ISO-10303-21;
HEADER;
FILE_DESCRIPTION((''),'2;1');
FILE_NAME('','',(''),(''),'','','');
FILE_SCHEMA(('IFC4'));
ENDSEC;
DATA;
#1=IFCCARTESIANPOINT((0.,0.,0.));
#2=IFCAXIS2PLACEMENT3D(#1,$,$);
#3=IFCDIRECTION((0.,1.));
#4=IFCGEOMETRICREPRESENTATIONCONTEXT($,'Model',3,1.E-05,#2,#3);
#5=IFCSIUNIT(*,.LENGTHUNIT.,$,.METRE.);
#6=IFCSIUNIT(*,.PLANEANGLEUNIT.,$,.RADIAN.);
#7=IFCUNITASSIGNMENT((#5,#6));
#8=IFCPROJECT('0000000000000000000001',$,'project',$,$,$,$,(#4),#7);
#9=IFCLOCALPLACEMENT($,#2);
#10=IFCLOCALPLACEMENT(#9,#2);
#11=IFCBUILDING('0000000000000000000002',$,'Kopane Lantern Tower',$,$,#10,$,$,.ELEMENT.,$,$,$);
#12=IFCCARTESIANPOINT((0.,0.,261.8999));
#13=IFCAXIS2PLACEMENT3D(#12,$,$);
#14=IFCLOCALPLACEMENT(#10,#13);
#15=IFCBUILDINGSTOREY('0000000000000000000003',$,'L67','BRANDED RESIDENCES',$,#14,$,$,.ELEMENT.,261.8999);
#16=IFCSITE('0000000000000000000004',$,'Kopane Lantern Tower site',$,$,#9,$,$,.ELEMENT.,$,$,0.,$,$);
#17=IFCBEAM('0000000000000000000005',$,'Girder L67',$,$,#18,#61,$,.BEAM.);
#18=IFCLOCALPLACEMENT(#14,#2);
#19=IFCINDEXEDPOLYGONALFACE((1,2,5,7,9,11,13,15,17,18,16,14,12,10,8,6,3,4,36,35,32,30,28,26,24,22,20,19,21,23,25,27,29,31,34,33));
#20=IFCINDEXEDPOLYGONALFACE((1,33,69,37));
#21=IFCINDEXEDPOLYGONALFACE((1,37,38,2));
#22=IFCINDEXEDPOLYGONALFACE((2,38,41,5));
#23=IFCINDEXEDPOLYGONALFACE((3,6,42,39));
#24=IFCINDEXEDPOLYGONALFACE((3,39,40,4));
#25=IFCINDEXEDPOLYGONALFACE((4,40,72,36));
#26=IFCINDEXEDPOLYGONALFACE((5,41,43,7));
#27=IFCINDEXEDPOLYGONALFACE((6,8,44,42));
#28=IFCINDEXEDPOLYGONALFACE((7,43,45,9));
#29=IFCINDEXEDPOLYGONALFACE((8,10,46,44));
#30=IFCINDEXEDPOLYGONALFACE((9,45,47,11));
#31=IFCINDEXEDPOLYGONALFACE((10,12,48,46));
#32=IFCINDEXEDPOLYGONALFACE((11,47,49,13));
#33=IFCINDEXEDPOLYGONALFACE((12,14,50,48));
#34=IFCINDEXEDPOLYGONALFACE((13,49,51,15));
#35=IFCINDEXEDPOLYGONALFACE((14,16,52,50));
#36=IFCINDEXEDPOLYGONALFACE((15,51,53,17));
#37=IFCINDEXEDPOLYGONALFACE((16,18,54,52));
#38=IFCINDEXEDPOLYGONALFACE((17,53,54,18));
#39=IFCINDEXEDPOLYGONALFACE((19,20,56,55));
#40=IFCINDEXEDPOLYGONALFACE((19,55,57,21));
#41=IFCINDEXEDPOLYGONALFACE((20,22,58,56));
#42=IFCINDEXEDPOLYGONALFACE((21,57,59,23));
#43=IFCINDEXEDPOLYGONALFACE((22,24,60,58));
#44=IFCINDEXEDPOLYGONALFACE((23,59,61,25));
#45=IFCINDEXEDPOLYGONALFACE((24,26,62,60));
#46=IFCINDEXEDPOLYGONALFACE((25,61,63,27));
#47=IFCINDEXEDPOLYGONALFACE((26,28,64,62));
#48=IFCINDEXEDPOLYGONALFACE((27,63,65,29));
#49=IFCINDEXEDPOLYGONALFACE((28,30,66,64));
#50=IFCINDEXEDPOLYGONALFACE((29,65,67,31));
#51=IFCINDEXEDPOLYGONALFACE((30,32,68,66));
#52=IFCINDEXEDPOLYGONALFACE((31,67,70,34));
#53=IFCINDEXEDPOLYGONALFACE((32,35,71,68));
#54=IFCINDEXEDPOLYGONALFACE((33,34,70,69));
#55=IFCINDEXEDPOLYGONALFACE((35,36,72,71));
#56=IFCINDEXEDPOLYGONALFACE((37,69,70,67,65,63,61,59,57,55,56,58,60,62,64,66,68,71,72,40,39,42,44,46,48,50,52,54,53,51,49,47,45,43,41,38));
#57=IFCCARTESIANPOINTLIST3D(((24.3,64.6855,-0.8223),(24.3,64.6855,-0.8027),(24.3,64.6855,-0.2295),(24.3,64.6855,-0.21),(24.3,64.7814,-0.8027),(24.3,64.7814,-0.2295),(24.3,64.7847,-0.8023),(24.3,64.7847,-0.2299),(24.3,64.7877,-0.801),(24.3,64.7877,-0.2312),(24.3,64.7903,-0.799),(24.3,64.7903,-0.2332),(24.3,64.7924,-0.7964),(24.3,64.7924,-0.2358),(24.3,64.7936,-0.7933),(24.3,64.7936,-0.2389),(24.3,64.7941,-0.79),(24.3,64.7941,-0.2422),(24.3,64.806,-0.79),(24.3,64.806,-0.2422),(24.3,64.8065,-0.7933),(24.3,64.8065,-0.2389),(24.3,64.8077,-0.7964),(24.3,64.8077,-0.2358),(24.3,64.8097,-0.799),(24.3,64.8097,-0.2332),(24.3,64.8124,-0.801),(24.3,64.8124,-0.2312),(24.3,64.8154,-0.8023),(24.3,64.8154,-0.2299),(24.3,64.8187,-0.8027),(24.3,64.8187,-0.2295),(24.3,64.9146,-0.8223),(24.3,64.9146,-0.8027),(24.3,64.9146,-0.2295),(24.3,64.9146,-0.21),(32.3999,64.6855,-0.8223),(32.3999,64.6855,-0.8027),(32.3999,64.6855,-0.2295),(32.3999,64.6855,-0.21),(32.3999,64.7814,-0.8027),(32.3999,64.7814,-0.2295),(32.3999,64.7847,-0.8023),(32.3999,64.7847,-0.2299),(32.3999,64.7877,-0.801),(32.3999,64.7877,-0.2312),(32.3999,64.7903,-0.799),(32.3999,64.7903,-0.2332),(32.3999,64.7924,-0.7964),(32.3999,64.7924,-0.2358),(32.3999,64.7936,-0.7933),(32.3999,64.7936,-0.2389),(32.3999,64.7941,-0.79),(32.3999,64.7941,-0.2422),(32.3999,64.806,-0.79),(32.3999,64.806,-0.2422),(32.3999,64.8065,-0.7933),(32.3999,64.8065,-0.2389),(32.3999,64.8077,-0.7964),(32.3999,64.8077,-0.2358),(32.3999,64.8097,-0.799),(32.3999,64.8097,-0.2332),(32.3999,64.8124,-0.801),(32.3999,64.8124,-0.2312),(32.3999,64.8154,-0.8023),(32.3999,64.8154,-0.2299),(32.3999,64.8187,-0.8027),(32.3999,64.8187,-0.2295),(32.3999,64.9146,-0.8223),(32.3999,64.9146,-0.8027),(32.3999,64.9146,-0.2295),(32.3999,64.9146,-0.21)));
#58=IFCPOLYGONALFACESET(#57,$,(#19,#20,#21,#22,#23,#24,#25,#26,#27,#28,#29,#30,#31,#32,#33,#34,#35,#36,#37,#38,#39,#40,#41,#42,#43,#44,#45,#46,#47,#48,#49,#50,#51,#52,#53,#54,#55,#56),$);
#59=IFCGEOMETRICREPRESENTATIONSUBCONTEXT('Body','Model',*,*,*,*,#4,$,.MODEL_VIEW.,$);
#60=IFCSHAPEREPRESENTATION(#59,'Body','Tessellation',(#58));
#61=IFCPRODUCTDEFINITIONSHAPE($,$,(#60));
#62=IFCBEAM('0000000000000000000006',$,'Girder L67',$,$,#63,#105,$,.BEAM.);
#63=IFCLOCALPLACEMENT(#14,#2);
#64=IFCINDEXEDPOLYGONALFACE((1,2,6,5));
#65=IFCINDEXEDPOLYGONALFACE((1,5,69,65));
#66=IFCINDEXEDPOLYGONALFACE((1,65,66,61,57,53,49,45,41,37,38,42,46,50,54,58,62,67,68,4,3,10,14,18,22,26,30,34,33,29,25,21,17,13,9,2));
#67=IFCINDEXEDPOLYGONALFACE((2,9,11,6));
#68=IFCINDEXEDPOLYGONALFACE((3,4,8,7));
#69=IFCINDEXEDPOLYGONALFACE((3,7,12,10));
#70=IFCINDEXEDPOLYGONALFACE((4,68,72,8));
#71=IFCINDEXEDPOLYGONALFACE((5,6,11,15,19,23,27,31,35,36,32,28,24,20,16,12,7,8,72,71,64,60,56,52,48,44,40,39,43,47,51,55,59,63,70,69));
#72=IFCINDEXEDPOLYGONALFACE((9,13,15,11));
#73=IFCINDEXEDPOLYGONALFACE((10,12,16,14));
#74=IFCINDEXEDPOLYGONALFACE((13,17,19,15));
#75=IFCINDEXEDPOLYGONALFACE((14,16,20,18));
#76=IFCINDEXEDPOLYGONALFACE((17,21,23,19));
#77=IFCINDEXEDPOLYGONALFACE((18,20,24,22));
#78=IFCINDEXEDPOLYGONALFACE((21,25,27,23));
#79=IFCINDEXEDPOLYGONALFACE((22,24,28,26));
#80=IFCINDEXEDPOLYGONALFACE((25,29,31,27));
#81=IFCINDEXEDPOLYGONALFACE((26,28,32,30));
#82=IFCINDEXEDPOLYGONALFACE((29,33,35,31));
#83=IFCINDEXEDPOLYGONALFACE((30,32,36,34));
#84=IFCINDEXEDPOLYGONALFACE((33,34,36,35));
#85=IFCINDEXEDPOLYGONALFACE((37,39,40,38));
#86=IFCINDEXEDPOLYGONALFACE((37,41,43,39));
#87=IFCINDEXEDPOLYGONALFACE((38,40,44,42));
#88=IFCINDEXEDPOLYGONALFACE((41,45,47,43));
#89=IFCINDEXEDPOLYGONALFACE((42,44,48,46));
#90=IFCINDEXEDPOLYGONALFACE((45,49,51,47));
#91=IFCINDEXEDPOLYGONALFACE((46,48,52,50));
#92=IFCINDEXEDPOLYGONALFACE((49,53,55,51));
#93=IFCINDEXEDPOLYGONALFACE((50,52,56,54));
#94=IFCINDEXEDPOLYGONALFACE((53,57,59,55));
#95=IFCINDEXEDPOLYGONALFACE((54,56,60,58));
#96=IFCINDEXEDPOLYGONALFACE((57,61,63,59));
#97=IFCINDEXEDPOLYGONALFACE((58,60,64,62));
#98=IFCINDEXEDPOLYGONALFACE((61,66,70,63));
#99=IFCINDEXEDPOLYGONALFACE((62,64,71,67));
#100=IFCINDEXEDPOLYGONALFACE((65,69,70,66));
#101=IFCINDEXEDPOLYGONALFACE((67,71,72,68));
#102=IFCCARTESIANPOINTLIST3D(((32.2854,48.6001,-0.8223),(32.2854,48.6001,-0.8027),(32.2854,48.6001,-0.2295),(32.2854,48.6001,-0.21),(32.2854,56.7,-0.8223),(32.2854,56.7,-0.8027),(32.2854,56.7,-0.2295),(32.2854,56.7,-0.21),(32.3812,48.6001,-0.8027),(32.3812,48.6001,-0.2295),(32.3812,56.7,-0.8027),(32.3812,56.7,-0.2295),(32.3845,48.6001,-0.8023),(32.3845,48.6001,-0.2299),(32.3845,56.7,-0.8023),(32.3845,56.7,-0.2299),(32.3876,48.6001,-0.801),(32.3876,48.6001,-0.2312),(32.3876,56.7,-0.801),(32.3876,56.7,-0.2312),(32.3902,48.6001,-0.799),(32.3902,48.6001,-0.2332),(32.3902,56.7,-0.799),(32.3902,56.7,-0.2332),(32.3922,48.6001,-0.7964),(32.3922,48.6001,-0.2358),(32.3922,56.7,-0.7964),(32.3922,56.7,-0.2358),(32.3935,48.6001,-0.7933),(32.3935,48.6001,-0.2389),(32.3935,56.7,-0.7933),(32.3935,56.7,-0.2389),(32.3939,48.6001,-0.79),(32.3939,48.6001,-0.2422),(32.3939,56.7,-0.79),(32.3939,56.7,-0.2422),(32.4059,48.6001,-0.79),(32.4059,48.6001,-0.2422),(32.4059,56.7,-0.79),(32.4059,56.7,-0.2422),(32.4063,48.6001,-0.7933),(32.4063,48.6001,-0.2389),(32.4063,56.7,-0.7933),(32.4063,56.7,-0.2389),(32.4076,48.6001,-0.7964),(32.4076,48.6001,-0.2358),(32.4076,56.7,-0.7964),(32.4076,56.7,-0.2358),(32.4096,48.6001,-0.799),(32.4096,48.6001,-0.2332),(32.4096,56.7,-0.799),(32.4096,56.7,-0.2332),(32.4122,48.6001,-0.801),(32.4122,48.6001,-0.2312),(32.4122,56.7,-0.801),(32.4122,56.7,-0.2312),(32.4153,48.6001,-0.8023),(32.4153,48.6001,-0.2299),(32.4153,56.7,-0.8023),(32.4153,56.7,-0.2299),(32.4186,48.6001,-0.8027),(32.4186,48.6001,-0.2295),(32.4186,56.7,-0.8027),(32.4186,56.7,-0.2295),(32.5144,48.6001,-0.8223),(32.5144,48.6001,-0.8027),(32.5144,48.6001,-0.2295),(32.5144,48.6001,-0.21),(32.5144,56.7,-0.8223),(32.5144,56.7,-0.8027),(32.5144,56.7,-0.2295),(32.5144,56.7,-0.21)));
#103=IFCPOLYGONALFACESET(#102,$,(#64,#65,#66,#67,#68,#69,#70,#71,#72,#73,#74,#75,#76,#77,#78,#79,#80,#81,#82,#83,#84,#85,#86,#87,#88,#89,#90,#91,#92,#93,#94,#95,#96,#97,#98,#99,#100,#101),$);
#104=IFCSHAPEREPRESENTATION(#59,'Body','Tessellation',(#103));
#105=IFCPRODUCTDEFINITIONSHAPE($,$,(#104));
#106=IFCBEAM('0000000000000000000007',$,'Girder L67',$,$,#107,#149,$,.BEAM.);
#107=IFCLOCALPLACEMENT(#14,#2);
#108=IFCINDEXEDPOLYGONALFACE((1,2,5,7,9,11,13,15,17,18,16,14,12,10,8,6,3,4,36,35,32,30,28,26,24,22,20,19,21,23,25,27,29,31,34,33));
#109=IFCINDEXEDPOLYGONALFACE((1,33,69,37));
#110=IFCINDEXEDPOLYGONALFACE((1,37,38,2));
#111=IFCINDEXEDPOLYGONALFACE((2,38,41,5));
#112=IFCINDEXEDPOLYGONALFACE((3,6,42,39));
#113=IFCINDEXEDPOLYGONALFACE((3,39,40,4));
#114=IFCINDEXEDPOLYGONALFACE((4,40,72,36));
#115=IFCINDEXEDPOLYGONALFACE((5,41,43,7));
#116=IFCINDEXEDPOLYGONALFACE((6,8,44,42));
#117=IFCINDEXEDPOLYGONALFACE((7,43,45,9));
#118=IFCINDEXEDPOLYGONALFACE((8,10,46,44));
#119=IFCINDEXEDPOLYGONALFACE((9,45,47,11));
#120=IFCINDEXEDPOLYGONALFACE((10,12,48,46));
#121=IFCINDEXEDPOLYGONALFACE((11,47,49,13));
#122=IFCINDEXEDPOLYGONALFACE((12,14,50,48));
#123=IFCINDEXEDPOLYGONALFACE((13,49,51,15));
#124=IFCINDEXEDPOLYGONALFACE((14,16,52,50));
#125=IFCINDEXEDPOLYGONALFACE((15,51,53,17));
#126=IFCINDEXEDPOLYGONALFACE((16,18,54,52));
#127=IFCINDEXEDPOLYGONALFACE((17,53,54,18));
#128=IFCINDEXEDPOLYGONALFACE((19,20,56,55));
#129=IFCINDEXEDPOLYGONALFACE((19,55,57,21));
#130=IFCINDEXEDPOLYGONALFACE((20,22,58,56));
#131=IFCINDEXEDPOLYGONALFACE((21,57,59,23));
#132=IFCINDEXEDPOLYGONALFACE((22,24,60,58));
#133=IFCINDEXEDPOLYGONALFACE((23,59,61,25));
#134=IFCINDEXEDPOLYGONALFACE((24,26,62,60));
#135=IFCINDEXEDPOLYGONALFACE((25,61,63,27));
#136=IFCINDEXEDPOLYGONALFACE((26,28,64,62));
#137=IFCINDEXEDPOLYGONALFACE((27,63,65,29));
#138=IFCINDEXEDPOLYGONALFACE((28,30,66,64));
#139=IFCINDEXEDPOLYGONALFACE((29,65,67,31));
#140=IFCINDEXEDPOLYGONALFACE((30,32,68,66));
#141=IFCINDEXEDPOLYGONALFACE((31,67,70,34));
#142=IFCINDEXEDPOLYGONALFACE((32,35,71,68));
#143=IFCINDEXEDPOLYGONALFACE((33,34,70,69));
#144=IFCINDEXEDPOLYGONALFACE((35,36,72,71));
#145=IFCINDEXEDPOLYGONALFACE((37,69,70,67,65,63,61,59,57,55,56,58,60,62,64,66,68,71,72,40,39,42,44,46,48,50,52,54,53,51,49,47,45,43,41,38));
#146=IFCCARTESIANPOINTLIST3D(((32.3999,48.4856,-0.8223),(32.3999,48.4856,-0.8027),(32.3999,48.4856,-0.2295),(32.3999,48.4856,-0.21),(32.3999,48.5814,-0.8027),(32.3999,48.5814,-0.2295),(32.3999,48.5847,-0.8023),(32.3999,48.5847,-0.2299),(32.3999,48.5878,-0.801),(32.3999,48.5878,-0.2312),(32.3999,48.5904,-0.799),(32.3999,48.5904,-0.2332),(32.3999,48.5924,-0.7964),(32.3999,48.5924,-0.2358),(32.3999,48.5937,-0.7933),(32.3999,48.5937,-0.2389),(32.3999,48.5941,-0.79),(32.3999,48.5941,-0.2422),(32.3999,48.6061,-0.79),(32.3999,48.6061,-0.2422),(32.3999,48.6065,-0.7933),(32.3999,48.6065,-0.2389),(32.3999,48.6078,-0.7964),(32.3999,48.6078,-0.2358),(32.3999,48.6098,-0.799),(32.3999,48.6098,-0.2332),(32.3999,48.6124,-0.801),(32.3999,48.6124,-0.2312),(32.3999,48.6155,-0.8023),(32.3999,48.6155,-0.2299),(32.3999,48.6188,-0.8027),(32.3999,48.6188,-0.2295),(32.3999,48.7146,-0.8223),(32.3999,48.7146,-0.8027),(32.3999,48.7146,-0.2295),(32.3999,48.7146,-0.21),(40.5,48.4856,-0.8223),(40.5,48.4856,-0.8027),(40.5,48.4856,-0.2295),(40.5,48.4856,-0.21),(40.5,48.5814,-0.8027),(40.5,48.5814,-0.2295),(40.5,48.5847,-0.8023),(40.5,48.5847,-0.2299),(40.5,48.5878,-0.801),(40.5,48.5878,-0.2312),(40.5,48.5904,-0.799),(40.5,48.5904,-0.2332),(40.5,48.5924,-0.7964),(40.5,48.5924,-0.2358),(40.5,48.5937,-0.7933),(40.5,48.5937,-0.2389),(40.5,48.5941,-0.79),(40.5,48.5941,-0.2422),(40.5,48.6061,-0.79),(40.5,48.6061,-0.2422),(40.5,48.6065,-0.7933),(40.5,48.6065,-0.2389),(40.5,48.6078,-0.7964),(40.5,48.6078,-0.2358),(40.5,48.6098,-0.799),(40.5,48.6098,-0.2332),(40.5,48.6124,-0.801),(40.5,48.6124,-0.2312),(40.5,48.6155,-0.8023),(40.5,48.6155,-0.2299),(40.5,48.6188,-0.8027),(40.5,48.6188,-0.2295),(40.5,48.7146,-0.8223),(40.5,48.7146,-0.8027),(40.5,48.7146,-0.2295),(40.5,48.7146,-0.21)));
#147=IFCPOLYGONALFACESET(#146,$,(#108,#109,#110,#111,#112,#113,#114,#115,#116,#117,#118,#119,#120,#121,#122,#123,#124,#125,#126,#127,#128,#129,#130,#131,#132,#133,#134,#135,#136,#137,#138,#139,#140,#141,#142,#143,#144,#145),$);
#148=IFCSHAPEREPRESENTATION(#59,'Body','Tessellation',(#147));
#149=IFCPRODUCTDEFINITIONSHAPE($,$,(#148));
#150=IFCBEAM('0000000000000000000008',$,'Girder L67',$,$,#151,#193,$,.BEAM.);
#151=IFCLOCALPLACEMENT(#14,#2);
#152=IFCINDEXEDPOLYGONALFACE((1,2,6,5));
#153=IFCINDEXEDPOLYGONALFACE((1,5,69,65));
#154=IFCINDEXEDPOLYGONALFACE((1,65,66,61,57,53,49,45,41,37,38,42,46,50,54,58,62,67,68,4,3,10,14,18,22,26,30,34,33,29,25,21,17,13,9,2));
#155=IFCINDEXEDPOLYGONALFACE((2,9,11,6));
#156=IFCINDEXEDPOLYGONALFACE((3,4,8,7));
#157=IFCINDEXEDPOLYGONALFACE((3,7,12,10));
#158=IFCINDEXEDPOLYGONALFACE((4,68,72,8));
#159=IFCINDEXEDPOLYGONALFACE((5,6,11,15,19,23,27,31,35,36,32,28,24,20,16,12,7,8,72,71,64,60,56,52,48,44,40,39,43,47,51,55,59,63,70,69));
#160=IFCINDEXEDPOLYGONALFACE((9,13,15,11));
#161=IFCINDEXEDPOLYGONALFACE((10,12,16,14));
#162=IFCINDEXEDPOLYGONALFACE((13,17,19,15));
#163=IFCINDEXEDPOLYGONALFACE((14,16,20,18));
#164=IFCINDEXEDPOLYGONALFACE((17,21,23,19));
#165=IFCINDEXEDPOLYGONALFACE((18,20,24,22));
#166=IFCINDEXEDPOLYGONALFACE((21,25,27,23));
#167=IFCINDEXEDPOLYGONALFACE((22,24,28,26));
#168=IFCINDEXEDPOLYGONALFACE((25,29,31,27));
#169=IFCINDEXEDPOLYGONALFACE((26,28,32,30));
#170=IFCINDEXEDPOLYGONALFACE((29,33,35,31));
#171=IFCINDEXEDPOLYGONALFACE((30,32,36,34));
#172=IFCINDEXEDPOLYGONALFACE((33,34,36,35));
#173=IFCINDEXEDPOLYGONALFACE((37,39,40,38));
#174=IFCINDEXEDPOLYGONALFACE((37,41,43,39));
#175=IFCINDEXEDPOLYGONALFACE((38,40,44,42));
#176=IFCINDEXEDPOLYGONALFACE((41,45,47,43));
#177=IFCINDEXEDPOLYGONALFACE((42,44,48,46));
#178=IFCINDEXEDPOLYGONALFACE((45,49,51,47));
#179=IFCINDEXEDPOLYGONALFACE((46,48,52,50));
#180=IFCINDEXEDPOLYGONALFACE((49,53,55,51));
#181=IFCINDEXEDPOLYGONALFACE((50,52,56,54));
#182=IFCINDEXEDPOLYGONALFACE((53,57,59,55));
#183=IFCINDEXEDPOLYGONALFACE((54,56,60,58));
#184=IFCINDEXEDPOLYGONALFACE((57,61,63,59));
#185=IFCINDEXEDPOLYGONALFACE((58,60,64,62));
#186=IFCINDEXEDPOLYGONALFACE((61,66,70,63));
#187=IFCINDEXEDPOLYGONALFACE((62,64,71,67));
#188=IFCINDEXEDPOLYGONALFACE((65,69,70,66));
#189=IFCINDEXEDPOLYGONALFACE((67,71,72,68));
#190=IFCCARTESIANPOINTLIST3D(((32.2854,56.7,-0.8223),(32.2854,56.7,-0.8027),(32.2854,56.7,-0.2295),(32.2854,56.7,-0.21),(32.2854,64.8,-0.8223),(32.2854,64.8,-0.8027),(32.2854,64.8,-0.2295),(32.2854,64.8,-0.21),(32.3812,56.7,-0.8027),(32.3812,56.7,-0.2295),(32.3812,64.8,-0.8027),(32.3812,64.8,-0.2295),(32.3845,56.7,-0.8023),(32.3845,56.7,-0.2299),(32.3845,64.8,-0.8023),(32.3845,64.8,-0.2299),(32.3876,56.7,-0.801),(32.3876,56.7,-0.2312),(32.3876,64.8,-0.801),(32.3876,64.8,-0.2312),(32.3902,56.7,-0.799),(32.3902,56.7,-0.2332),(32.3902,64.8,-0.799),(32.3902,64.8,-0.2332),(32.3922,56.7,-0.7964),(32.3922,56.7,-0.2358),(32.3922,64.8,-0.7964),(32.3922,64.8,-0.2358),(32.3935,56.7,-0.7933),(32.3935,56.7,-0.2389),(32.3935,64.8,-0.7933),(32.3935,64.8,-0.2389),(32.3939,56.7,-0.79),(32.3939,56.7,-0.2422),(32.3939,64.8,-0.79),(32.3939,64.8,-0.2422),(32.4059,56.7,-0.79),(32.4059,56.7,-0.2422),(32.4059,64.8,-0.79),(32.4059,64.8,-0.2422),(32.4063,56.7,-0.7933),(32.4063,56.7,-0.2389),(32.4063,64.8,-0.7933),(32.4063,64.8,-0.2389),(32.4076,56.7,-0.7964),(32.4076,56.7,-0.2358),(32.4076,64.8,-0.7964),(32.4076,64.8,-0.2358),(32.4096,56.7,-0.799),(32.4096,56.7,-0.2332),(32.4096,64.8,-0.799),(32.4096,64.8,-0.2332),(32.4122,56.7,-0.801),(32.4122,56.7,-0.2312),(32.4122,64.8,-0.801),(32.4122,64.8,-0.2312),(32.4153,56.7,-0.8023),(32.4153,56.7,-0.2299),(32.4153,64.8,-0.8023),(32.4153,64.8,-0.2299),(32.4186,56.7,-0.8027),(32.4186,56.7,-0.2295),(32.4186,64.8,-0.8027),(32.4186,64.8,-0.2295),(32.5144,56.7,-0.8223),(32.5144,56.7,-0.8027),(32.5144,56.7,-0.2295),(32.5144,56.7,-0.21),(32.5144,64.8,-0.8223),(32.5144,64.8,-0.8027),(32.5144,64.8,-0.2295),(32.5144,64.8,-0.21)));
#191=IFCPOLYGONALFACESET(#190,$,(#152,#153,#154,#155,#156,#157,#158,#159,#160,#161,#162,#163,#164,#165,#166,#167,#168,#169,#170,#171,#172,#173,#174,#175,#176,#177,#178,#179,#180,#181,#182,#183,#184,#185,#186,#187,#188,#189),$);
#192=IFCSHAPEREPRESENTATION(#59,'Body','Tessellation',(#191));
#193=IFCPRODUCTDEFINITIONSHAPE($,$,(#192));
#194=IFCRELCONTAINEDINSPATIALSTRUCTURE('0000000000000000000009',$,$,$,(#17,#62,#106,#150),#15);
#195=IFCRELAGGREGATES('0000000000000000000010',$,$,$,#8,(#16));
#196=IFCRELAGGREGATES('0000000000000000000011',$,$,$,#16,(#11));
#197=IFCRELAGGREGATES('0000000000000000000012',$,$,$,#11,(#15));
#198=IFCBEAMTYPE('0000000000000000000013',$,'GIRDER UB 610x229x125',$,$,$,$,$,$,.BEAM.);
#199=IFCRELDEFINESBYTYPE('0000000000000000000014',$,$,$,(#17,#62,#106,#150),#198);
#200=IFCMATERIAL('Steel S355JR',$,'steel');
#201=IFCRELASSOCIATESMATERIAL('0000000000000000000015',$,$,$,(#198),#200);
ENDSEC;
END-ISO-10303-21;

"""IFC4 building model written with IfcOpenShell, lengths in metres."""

from ifc_helpers import new_model, si_unit, direction, frame, origin, origin_2d, place, context, subcontext, project, spatial, i_section, extrude, material, material_profile, profile_set, type_object, element, save


model = new_model("IFC4")

# Units and contexts
model_context = context("Model", 3, precision=1e-05, world=origin(), true_north=direction((0.0, 1.0)))
body_context = subcontext(model_context, "Body", "Model", "MODEL_VIEW")
ifc_project = project(units=[si_unit("LENGTHUNIT", "METRE"), si_unit("PLANEANGLEUNIT", "RADIAN")], contexts=[model_context])

# Site, building, storey
site_placement = place(None, origin())
site = spatial("IfcSite", under=ifc_project, at=site_placement, Name="Kopane Lantern Tower site", CompositionType="ELEMENT", RefElevation=0.0)
building_placement = place(site_placement, origin())
building = spatial("IfcBuilding", under=site, at=building_placement, Name="Kopane Lantern Tower", CompositionType="ELEMENT")
storey_placement = place(building_placement, frame((0.0, 0.0, 261.8999)))
storey = spatial("IfcBuildingStorey", under=building, at=storey_placement, Name="L67", Description="BRANDED RESIDENCES", CompositionType="ELEMENT", Elevation=261.8999)

# Beams
ifc_material_1 = material(Name="Steel S355JR", Category="steel")
ifc_material_profile_1 = material_profile(ifc_material_1, i_section(OverallWidth=0.229, OverallDepth=0.6123, WebThickness=0.012, FlangeThickness=0.0195, FilletRadius=0.0127, at=origin_2d()), Name="UB 610x229x125")
ifc_profile_set_1 = profile_set([ifc_material_profile_1], Name="Steel S355JR")
beam_type = type_object("IfcBeamType", Name="GIRDER UB 610x229x125", PredefinedType="BEAM", material=ifc_profile_set_1)
for number, where, z_axis, x_axis, name in (
    (1, (24.3, 64.8, -0.5161), (1.0, 0.0, 0.0), (0.0, 1.0, 0.0), "Girder L67"),
    (2, (32.3999, 48.6001, -0.5161), (0.0, 1.0, 0.0), (-1.0, 0.0, 0.0), "Girder L67"),
):
    element("IfcBeam", number, at=place(storey_placement, frame(where, z_axis=z_axis, x_axis=x_axis)), inside=storey, type_object=beam_type, Name=name, PredefinedType="BEAM", context=body_context, shape_type="SweptSolid", body=[
        extrude(i_section(OverallWidth=0.229, OverallDepth=0.6123, WebThickness=0.012, FlangeThickness=0.0195, FilletRadius=0.0127, at=origin_2d()), origin(), (0.0, 0.0, 1.0), 8.0999),
    ])
for number, where, z_axis, x_axis, name in (
    (3, (32.3999, 48.6001, -0.5161), (1.0, 0.0, 0.0), (0.0, 1.0, 0.0), "Girder L67"),
    (4, (32.3999, 56.7, -0.5161), (0.0, 1.0, 0.0), (-1.0, 0.0, 0.0), "Girder L67"),
):
    element("IfcBeam", number, at=place(storey_placement, frame(where, z_axis=z_axis, x_axis=x_axis)), inside=storey, type_object=beam_type, Name=name, PredefinedType="BEAM", context=body_context, shape_type="SweptSolid", body=[
        extrude(i_section(OverallWidth=0.229, OverallDepth=0.6123, WebThickness=0.012, FlangeThickness=0.0195, FilletRadius=0.0127, at=origin_2d()), origin(), (0.0, 0.0, 1.0), 8.1001),
    ])

save(model, "model.ifc")
